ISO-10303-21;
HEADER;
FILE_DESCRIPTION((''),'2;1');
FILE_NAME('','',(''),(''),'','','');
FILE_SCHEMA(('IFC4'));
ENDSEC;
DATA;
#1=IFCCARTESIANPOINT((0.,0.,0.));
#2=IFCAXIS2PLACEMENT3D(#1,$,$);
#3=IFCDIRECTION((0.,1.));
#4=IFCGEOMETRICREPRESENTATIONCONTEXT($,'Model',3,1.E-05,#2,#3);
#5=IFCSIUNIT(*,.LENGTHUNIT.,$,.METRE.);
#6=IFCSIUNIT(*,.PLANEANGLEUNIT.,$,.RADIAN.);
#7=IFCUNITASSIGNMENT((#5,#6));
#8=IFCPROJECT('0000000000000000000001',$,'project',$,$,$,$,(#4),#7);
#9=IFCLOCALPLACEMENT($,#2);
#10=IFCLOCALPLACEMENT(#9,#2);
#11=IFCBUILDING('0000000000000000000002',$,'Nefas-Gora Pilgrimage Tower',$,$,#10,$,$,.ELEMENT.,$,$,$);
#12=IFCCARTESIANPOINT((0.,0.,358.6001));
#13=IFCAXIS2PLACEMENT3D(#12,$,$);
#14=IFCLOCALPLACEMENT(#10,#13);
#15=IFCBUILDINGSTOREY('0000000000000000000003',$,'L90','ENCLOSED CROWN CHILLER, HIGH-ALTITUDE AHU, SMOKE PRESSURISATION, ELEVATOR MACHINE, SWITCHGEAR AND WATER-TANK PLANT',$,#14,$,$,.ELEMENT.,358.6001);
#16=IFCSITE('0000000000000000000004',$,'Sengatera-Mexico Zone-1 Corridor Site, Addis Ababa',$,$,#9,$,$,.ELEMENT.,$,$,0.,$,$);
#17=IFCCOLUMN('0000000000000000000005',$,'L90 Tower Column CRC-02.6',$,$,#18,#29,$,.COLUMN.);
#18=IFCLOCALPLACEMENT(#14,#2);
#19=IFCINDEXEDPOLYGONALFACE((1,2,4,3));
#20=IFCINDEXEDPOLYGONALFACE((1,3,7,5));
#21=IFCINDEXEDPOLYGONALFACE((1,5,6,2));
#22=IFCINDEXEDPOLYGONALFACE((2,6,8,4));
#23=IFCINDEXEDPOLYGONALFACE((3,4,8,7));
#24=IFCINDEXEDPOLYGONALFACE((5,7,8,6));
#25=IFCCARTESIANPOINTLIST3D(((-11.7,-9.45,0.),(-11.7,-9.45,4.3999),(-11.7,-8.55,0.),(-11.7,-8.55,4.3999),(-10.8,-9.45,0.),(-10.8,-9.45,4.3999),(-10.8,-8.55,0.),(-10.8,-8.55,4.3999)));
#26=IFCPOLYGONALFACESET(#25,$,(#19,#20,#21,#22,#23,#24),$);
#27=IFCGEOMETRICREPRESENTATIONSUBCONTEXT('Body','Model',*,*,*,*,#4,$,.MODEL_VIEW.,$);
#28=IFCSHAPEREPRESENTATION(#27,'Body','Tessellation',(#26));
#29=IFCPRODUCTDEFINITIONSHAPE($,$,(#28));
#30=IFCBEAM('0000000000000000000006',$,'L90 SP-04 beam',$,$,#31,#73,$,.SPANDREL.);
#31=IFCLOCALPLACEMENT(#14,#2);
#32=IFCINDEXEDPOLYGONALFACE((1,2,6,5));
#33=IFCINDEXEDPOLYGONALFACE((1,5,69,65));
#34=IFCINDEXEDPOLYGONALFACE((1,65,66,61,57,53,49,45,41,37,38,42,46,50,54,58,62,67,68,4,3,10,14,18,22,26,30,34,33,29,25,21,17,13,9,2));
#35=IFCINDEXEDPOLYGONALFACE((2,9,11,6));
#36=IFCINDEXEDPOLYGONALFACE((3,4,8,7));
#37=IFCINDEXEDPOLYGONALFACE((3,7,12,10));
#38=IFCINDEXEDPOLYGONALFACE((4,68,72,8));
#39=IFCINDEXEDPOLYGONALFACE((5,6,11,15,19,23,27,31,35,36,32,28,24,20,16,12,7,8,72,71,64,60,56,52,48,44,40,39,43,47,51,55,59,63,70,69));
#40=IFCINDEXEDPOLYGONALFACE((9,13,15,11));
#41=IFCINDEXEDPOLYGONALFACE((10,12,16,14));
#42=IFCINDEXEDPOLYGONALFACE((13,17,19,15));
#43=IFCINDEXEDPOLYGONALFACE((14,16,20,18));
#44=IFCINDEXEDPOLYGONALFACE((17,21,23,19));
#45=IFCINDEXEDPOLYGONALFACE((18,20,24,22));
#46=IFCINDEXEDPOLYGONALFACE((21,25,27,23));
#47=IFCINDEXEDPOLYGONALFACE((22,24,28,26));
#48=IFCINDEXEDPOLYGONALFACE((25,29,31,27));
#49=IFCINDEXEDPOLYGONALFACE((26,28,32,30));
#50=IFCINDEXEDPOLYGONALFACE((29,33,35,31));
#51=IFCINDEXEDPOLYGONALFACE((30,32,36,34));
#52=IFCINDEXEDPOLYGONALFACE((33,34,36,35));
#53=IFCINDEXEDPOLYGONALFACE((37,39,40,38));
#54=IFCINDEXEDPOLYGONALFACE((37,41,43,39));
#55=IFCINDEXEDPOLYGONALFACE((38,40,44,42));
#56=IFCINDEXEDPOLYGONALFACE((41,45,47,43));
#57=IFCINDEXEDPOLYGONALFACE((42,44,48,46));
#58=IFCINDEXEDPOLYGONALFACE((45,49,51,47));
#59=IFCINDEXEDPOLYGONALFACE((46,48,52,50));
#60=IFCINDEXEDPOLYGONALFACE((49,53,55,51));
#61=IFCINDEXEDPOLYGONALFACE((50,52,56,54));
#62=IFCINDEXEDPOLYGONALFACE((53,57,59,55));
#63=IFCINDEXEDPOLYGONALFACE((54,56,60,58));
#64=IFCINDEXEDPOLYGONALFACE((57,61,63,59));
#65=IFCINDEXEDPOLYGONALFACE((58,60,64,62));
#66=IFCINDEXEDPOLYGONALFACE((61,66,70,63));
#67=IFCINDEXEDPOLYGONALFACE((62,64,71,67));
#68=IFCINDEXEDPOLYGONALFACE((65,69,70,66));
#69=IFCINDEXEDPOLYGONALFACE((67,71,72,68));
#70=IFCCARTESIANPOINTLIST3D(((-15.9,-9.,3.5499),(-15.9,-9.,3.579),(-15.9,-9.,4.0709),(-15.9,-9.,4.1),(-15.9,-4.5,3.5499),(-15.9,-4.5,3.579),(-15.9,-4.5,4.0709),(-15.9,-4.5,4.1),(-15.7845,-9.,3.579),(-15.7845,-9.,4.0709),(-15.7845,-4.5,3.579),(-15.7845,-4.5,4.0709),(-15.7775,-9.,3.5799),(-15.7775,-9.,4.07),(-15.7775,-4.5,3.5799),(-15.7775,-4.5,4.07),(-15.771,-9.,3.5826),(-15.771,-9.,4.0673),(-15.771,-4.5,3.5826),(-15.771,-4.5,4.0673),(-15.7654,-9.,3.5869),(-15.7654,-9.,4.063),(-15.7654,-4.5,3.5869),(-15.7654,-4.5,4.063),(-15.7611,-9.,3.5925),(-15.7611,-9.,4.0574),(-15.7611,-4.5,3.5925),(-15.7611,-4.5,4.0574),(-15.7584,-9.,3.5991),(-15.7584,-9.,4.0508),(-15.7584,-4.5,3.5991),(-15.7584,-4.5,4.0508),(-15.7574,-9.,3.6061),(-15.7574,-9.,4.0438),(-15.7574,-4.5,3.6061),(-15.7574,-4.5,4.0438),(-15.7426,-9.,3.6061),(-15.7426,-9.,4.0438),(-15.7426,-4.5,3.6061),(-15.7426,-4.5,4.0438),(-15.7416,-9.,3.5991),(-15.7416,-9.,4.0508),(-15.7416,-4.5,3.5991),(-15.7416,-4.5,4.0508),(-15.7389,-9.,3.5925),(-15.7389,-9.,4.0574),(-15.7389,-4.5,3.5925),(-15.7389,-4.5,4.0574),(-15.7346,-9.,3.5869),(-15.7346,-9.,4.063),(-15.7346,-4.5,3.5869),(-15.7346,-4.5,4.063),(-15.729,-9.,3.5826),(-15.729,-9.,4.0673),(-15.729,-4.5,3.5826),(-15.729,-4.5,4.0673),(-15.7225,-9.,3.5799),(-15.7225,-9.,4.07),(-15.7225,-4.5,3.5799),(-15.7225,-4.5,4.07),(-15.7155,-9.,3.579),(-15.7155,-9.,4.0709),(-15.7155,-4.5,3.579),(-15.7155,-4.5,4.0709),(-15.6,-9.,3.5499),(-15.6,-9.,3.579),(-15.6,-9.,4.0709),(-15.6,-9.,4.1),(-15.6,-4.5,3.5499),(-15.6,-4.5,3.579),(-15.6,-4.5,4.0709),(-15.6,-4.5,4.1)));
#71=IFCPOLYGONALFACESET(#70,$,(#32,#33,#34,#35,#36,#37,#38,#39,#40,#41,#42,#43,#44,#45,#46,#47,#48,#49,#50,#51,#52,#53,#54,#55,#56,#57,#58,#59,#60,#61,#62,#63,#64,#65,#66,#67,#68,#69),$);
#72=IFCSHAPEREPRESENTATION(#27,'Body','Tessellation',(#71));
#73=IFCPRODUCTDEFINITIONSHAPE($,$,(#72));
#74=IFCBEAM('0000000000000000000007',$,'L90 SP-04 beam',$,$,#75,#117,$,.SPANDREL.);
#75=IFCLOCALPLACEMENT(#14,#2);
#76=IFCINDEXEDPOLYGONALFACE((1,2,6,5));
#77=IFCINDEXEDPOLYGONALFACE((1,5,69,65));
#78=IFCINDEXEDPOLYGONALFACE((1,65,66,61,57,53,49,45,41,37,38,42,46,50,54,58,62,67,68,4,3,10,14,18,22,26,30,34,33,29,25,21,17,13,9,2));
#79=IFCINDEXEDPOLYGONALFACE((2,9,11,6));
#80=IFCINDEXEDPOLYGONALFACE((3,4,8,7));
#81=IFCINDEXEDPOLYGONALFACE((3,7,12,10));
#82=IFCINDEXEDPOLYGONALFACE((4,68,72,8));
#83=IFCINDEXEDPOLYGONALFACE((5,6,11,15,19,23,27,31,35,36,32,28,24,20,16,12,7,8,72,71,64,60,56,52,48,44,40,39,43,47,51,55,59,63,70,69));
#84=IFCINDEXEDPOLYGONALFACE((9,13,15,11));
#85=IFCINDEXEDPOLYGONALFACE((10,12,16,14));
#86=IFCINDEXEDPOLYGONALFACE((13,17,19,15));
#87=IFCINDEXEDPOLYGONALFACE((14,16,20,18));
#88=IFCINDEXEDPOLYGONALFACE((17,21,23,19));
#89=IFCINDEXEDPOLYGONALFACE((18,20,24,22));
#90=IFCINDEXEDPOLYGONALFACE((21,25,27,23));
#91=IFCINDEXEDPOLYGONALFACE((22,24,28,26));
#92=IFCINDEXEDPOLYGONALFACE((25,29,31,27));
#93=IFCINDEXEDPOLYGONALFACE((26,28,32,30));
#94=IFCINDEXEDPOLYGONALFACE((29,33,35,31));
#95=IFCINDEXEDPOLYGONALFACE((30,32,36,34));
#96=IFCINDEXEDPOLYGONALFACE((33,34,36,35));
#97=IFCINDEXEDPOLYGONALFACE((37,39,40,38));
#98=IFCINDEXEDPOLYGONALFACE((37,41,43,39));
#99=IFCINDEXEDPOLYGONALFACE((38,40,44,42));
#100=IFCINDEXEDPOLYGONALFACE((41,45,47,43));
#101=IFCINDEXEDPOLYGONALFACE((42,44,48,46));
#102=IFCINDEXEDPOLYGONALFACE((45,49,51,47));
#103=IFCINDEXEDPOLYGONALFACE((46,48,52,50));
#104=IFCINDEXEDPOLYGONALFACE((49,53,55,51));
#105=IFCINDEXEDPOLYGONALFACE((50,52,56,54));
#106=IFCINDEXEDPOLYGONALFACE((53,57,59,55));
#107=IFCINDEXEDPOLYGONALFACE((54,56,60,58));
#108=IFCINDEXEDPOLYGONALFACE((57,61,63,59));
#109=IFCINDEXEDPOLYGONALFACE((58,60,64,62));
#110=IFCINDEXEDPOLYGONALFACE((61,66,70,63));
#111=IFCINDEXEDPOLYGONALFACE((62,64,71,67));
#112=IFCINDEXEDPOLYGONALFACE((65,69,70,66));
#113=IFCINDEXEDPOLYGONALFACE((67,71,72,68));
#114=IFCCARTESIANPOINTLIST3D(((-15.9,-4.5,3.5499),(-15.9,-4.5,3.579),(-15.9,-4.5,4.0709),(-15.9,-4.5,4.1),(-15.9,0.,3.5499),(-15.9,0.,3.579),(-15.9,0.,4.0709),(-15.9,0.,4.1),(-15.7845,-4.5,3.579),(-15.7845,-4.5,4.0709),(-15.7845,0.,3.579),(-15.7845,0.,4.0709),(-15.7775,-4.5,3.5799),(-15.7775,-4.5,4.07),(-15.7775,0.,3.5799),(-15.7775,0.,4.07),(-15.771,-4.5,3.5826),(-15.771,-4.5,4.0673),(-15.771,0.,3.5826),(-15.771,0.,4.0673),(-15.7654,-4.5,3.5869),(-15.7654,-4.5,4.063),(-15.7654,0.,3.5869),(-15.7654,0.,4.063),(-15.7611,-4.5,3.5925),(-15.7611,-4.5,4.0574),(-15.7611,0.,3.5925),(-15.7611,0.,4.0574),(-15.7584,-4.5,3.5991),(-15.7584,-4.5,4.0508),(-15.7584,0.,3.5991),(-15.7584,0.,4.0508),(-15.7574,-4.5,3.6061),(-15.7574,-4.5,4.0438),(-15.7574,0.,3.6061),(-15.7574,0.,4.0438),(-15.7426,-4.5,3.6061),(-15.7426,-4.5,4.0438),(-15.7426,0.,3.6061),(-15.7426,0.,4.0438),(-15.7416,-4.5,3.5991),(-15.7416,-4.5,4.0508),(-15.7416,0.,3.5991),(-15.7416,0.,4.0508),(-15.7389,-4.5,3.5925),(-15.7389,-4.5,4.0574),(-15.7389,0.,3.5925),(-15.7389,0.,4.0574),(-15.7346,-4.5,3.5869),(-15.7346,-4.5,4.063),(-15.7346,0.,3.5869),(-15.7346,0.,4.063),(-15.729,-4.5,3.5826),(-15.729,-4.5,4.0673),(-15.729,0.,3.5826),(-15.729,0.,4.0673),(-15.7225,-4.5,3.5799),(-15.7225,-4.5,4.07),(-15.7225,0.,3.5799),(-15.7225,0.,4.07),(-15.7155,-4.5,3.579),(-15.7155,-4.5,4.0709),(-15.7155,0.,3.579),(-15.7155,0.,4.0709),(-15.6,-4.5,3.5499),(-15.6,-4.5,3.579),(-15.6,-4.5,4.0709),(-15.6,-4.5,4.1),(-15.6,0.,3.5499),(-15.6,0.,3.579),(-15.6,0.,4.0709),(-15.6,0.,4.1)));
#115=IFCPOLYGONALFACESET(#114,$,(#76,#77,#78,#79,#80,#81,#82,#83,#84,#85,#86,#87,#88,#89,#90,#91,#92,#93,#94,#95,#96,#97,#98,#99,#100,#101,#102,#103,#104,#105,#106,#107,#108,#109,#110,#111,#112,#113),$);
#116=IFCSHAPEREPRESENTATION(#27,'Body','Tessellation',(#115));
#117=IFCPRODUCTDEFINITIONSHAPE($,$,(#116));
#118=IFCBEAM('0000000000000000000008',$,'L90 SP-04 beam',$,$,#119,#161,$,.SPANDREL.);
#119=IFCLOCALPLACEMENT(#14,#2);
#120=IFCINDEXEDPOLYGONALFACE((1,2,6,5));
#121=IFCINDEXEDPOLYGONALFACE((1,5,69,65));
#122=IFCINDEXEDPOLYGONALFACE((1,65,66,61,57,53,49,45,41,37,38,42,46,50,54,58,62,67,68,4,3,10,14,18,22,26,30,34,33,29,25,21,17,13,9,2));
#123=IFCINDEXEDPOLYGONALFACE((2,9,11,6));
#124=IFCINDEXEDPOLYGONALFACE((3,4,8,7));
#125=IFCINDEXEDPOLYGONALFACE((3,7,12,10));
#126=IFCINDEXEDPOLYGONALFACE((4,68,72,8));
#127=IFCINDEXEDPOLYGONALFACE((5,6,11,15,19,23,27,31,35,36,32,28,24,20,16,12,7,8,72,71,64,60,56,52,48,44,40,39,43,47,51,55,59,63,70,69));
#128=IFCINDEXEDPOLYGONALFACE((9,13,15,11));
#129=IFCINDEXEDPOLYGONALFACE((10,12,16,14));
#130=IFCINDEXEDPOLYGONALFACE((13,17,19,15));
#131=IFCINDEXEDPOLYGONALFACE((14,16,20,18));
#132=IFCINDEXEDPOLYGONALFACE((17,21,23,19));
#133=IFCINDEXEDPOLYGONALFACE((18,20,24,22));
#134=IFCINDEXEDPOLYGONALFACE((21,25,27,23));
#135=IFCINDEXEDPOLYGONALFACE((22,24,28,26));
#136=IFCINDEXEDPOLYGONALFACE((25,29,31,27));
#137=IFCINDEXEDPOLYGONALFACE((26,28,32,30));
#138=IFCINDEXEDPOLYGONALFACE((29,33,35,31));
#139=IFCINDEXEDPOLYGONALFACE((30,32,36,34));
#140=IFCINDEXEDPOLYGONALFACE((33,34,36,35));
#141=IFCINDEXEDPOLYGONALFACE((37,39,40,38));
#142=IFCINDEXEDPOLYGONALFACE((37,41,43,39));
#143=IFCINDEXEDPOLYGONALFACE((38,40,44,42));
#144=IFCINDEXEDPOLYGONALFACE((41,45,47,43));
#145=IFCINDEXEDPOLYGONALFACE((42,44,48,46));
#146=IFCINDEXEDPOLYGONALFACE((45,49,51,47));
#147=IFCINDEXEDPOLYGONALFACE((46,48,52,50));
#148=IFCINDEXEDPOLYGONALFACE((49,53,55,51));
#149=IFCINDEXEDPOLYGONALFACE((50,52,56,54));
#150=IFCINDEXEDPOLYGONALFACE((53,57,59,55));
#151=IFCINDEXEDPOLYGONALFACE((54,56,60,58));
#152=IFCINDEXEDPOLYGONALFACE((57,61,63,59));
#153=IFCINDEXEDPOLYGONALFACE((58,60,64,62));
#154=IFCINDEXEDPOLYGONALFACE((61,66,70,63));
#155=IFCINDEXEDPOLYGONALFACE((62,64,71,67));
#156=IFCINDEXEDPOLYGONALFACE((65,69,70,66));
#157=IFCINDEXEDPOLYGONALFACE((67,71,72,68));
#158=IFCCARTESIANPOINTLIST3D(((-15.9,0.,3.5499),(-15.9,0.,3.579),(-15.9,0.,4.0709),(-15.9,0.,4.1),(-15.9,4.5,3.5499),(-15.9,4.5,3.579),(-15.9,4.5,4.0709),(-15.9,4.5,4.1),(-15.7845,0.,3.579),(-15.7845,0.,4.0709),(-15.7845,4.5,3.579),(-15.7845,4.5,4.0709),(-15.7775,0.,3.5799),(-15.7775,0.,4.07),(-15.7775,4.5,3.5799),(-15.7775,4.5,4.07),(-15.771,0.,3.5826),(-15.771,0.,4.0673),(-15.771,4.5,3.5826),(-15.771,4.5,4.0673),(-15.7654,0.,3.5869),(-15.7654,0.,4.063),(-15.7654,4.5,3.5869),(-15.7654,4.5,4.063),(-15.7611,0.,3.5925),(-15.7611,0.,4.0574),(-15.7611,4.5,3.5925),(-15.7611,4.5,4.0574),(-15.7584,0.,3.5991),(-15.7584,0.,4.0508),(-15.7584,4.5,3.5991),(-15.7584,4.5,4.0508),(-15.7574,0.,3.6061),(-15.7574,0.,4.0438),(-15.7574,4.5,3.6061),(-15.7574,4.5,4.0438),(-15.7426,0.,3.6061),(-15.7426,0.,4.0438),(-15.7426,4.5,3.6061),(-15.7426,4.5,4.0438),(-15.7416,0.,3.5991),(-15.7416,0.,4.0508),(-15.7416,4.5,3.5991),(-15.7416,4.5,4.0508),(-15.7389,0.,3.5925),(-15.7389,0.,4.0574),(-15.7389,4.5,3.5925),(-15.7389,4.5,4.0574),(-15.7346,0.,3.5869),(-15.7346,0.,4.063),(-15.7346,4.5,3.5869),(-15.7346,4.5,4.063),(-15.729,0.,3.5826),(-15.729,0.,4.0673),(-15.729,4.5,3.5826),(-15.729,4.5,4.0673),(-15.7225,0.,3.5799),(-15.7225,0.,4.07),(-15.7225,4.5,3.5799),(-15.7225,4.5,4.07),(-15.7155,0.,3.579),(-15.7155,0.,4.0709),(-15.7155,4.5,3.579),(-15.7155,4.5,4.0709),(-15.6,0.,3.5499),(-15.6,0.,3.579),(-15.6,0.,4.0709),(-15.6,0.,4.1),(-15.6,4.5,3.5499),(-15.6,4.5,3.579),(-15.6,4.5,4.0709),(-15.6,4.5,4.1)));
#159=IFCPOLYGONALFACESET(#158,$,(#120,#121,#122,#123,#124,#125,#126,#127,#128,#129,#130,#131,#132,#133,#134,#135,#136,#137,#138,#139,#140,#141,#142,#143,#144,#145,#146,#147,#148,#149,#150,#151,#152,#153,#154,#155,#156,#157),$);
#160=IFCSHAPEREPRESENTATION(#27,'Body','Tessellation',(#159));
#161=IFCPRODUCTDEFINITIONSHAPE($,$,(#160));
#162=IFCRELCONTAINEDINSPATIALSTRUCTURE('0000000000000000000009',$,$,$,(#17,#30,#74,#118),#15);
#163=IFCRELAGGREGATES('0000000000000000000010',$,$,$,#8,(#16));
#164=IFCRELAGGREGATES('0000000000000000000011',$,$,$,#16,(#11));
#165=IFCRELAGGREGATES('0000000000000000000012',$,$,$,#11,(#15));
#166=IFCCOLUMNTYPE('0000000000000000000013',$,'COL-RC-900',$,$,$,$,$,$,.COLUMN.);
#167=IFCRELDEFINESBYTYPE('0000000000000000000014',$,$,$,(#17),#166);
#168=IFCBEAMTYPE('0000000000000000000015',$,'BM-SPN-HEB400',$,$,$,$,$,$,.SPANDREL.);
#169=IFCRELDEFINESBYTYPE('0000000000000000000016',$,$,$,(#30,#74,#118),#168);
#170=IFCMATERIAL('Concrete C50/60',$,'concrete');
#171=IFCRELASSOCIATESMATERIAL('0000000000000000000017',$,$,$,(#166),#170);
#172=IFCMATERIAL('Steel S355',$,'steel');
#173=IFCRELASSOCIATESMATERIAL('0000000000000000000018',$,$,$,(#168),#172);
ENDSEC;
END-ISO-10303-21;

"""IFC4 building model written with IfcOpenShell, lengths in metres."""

from ifc_helpers import new_model, si_unit, direction, frame, origin, origin_2d, place, context, subcontext, project, spatial, rectangle, i_section, extrude, source, transform, mapped, material, material_profile, profile_set, type_object, element, save


model = new_model("IFC4")

# Units and contexts
model_context = context("Model", 3, precision=1e-05, world=origin(), true_north=direction((0.0, 1.0)))
body_context = subcontext(model_context, "Body", "Model", "MODEL_VIEW")
ifc_project = project(units=[si_unit("LENGTHUNIT", "METRE"), si_unit("PLANEANGLEUNIT", "RADIAN")], contexts=[model_context])

# Site, building, storey
site_placement = place(None, origin())
site = spatial("IfcSite", under=ifc_project, at=site_placement, Name="Sengatera-Mexico Zone-1 Corridor Site, Addis Ababa", CompositionType="ELEMENT", RefElevation=0.0)
building_placement = place(site_placement, origin())
building = spatial("IfcBuilding", under=site, at=building_placement, Name="Nefas-Gora Pilgrimage Tower", CompositionType="ELEMENT")
storey_placement = place(building_placement, frame((0.0, 0.0, 358.6001)))
storey = spatial("IfcBuildingStorey", under=building, at=storey_placement, Name="L90", Description="ENCLOSED CROWN CHILLER, HIGH-ALTITUDE AHU, SMOKE PRESSURISATION, ELEVATOR MACHINE, SWITCHGEAR AND WATER-TANK PLANT", CompositionType="ELEMENT", Elevation=358.6001)

# Column
ifc_material_1 = material(Name="Steel S355", Category="steel")
ifc_material_2 = material(Name="Concrete C50/60", Category="concrete")
ifc_material_profile_1 = material_profile(ifc_material_2, rectangle(XDim=0.8999, YDim=0.8999, at=origin_2d()), Name="RC 900x900")
ifc_profile_set_1 = profile_set([ifc_material_profile_1], Name="Concrete C50/60")
column_type_1 = type_object("IfcColumnType", Name="COL-RC-900", PredefinedType="COLUMN", material=ifc_profile_set_1)
shared_shape_1 = source(origin(), body_context, "Body", "SweptSolid", [
    extrude(rectangle(XDim=0.8999, YDim=0.8999, at=origin_2d()), origin(), (0.0, 0.0, 1.0), 4.3999),
])
column_placement = place(storey_placement, frame((-11.25, -9.0, 0.0), z_axis=(0.0, 0.0, 1.0), x_axis=(1.0, 0.0, 0.0)))
element("IfcColumn", 1, at=column_placement, inside=storey, type_object=column_type_1, Name="L90 Tower Column CRC-02.6", PredefinedType="COLUMN", context=body_context, shape_type="MappedRepresentation", body=[
    mapped(shared_shape_1, transform((0.0, 0.0, 0.0), x_axis=(1.0, 0.0, 0.0), y_axis=(0.0, 1.0, 0.0), z_axis=(0.0, 0.0, 1.0), scale=1.0)),
])

# Beams
ifc_material_profile_2 = material_profile(ifc_material_1, i_section(OverallWidth=0.3, OverallDepth=0.55, WebThickness=0.0149, FlangeThickness=0.0291, FilletRadius=0.0271, at=origin_2d()), Name="HEB 550")
ifc_profile_set_2 = profile_set([ifc_material_profile_2], Name="Steel S355")
beam_type_1 = type_object("IfcBeamType", Name="BM-SPN-HEB400", PredefinedType="SPANDREL", material=ifc_profile_set_2)
shared_shape_2 = source(origin(), body_context, "Body", "SweptSolid", [
    extrude(i_section(OverallWidth=0.3, OverallDepth=0.55, WebThickness=0.0149, FlangeThickness=0.0291, FilletRadius=0.0271, at=origin_2d()), origin(), (0.0, 0.0, 1.0), 4.5),
])
for number, where, z_axis, x_axis, name in (
    (2, (-15.75, -9.0, 3.825), (0.0, 1.0, 0.0), (-1.0, 0.0, 0.0), "L90 SP-04 beam"),
    (3, (-15.75, -4.5, 3.825), (0.0, 1.0, 0.0), (-1.0, 0.0, 0.0), "L90 SP-04 beam"),
    (4, (-15.75, 0.0, 3.825), (0.0, 1.0, 0.0), (-1.0, 0.0, 0.0), "L90 SP-04 beam"),
):
    element("IfcBeam", number, at=place(storey_placement, frame(where, z_axis=z_axis, x_axis=x_axis)), inside=storey, type_object=beam_type_1, Name=name, PredefinedType="SPANDREL", context=body_context, shape_type="MappedRepresentation", body=[
        mapped(shared_shape_2, transform((0.0, 0.0, 0.0), x_axis=(1.0, 0.0, 0.0), y_axis=(0.0, 1.0, 0.0), z_axis=(0.0, 0.0, 1.0), scale=1.0)),
    ])

save(model, "model.ifc")
